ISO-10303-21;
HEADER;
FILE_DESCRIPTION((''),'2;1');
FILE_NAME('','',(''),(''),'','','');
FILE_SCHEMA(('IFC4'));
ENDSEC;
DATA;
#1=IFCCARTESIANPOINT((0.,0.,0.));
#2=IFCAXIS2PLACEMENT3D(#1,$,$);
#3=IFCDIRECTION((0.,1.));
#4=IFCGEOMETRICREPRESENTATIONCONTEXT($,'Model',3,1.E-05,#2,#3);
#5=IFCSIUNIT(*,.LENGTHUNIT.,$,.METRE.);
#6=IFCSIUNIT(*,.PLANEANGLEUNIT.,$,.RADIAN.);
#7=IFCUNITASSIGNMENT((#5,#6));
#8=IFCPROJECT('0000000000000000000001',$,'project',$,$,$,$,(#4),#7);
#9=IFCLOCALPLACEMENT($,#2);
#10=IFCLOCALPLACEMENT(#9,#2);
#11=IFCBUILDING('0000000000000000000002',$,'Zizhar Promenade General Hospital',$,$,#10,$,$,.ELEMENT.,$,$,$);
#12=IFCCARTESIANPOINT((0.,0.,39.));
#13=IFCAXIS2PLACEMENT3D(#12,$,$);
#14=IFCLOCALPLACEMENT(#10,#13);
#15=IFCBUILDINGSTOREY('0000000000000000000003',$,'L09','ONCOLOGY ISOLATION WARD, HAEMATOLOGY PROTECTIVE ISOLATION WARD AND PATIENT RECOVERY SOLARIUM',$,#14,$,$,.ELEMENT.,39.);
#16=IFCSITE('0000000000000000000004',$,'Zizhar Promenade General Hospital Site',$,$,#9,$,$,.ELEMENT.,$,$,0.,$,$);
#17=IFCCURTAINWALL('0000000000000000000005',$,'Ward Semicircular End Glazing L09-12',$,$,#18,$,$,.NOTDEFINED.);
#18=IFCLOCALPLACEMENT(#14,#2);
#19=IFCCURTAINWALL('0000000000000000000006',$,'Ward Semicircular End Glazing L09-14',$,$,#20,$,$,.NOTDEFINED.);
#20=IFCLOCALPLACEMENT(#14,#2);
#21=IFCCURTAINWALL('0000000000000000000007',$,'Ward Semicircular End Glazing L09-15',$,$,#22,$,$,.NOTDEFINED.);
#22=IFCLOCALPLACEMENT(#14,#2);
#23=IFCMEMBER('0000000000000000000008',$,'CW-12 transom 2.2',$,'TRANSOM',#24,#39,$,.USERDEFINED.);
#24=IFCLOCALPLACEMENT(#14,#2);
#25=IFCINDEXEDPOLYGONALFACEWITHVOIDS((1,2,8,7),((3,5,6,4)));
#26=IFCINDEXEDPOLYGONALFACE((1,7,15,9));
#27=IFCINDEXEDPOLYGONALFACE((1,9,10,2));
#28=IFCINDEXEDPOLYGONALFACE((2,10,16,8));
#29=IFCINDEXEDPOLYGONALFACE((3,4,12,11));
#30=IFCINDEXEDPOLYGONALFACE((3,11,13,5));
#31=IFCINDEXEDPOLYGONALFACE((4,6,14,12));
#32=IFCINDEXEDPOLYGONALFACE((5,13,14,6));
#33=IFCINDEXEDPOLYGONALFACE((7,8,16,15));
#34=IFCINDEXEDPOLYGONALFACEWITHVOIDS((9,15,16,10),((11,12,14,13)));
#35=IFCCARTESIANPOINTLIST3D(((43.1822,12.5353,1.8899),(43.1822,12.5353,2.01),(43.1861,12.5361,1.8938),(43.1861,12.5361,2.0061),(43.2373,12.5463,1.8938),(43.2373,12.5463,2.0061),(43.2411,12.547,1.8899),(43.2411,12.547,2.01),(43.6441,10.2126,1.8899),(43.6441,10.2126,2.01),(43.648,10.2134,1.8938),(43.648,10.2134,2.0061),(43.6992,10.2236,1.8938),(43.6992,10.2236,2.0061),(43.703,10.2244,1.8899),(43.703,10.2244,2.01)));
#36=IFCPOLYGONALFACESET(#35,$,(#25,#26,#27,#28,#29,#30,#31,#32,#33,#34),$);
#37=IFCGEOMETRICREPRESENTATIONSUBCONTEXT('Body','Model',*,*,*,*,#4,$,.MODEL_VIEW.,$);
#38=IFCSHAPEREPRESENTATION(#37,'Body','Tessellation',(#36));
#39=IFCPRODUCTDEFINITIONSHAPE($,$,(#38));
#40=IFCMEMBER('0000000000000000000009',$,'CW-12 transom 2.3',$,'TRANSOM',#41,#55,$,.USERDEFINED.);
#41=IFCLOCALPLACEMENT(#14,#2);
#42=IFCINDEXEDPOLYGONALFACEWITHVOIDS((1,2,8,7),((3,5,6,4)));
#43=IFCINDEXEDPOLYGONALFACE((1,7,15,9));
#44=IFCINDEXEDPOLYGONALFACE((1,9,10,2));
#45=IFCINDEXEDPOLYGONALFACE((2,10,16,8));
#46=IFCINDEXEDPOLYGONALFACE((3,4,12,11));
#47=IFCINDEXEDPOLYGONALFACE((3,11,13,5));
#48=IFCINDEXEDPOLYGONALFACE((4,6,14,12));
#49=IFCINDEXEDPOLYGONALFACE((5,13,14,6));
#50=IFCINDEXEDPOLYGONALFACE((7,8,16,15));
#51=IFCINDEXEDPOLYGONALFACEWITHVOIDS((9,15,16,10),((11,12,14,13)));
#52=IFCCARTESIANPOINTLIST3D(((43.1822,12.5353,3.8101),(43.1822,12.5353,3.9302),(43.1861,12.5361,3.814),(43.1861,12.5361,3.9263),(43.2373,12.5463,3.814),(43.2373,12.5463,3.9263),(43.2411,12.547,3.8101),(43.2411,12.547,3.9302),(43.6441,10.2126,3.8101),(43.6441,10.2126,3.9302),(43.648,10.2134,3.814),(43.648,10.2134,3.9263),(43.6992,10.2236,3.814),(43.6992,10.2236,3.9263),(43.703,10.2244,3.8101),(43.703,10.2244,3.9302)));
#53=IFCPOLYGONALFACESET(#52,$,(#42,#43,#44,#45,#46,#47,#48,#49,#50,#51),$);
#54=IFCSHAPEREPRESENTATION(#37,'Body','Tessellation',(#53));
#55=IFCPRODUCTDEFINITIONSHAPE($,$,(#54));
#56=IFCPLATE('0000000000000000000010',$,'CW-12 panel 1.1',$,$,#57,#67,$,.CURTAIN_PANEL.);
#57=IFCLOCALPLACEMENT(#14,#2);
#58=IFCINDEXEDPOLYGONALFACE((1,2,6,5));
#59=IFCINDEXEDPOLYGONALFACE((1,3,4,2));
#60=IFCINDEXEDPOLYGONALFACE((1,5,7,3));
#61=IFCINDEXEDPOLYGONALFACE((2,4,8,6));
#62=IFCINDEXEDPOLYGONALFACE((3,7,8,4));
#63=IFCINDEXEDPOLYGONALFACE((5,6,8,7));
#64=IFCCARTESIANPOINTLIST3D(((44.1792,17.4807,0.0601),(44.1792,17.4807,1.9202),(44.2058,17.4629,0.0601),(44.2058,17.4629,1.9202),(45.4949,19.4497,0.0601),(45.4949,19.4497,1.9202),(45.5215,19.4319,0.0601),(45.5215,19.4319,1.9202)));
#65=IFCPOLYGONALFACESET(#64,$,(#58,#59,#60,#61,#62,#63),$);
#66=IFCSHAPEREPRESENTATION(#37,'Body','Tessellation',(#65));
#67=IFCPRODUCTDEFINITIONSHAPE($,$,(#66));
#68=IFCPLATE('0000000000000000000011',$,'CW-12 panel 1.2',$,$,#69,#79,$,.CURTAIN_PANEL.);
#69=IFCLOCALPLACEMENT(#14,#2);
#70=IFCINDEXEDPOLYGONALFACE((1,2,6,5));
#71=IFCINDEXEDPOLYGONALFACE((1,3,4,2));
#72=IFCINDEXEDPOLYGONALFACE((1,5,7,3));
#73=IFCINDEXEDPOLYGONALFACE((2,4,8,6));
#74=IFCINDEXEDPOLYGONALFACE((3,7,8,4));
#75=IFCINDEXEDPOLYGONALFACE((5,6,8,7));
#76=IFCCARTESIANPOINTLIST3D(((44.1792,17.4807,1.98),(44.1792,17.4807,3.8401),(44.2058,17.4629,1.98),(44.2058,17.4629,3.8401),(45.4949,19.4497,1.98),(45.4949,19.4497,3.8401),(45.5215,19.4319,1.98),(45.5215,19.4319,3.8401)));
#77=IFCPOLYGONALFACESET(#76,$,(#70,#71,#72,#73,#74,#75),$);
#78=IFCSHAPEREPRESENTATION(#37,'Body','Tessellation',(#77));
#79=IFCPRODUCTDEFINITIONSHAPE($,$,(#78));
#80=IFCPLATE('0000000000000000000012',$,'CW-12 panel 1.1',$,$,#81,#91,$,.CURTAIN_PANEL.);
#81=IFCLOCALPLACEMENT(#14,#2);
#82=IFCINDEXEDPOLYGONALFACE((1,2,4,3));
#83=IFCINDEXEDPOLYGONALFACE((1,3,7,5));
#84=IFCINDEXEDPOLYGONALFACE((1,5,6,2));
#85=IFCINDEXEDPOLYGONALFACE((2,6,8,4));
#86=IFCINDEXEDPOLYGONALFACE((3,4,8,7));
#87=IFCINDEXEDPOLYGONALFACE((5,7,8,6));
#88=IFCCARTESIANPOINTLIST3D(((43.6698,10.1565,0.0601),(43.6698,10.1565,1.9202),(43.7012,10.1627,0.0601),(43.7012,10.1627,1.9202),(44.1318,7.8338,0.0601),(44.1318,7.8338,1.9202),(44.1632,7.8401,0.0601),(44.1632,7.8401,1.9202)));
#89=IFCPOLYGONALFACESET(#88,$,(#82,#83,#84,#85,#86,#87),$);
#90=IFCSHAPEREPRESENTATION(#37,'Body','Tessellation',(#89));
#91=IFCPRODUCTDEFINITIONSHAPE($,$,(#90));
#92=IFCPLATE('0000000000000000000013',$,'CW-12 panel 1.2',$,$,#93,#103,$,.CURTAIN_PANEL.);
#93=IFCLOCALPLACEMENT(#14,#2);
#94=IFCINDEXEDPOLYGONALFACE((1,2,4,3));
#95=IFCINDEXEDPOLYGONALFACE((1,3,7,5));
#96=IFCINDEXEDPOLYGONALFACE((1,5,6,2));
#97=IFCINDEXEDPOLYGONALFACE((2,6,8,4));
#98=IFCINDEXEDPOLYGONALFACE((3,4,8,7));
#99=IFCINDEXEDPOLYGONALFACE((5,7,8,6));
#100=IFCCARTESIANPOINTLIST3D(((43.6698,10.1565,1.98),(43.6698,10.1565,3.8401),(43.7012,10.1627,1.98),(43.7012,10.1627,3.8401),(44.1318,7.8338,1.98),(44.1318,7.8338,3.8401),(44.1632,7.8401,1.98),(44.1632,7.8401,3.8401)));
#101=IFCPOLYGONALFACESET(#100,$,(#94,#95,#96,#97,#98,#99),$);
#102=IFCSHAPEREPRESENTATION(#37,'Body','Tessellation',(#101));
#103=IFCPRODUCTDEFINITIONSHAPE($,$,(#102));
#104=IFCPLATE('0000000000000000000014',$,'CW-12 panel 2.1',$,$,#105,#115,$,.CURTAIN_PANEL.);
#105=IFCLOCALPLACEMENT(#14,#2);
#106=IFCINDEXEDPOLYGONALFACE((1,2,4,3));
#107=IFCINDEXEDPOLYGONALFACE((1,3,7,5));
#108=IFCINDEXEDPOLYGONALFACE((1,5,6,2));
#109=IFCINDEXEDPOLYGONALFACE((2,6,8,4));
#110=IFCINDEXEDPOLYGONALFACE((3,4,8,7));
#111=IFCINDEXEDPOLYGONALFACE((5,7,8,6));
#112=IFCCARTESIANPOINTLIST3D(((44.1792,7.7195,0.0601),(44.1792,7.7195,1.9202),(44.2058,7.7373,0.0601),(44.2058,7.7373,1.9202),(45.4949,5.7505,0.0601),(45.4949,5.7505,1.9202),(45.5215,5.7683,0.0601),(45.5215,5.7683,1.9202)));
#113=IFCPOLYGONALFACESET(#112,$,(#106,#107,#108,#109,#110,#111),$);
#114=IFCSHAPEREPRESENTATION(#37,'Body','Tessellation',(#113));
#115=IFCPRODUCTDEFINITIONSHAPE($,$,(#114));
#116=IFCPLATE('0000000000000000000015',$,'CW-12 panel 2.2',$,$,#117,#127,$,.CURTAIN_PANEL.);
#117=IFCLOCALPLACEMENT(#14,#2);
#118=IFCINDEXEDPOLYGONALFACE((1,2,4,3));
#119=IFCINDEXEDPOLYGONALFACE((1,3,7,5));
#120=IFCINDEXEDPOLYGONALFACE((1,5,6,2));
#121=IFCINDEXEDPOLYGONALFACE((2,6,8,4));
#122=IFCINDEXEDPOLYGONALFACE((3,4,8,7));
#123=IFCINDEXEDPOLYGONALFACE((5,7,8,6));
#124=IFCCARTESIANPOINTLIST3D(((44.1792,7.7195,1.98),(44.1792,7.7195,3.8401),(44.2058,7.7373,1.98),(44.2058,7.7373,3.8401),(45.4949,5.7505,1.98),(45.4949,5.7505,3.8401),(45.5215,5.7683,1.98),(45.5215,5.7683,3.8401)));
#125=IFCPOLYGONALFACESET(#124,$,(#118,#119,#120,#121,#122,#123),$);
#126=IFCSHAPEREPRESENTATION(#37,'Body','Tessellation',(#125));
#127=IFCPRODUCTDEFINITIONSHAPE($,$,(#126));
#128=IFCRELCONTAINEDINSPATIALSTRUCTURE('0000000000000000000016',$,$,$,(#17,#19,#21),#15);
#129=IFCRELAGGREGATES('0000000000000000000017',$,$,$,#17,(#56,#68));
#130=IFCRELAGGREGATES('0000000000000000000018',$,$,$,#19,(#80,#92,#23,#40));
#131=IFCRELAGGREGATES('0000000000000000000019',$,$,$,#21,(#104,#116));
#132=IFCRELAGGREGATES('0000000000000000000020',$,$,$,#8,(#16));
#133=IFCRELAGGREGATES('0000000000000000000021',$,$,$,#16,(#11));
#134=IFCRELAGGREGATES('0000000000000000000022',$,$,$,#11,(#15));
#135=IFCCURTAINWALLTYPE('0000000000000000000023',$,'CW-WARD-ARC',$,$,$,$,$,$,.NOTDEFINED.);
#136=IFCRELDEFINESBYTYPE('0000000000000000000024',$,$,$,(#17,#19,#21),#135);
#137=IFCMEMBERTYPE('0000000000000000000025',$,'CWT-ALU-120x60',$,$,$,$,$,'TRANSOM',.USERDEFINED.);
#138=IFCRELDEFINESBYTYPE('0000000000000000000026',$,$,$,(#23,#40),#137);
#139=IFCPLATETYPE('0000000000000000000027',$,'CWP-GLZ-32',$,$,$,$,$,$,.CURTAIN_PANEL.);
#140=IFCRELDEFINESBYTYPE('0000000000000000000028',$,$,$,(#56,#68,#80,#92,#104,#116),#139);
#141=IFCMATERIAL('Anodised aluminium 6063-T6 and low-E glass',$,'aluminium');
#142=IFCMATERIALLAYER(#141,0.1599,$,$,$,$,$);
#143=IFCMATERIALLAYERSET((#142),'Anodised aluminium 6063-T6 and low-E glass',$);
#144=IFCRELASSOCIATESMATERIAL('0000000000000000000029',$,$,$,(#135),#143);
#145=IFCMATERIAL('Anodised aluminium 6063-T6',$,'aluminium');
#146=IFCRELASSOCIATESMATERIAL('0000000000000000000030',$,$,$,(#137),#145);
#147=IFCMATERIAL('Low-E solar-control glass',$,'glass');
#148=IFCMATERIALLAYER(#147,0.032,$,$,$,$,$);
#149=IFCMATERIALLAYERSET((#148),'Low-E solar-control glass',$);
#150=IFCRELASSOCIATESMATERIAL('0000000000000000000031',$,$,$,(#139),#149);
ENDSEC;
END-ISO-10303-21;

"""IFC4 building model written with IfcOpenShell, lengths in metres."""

from ifc_helpers import new_model, si_unit, direction, frame, origin, origin_2d, place, context, subcontext, project, spatial, rectangle, hollow_rectangle, extrude, material, layer, layer_set, material_profile, profile_set, type_object, element, aggregate, save


model = new_model("IFC4")

# Units and contexts
model_context = context("Model", 3, precision=1e-05, world=origin(), true_north=direction((0.0, 1.0)))
body_context = subcontext(model_context, "Body", "Model", "MODEL_VIEW")
ifc_project = project(units=[si_unit("LENGTHUNIT", "METRE"), si_unit("PLANEANGLEUNIT", "RADIAN")], contexts=[model_context])

# Site, building, storey
site_placement = place(None, origin())
site = spatial("IfcSite", under=ifc_project, at=site_placement, Name="Zizhar Promenade General Hospital Site", CompositionType="ELEMENT", RefElevation=0.0)
building_placement = place(site_placement, origin())
building = spatial("IfcBuilding", under=site, at=building_placement, Name="Zizhar Promenade General Hospital", CompositionType="ELEMENT")
storey_placement = place(building_placement, frame((0.0, 0.0, 39.0)))
storey = spatial("IfcBuildingStorey", under=building, at=storey_placement, Name="L09", Description="ONCOLOGY ISOLATION WARD, HAEMATOLOGY PROTECTIVE ISOLATION WARD AND PATIENT RECOVERY SOLARIUM", CompositionType="ELEMENT", Elevation=39.0)

# Curtain wall
ifc_material_1 = material(Name="Anodised aluminium 6063-T6 and low-E glass", Category="aluminium")
ifc_layer_1 = layer(ifc_material_1, 0.1599)
ifc_layer_set_1 = layer_set([ifc_layer_1], Name="Anodised aluminium 6063-T6 and low-E glass")
curtain_wall_type = type_object("IfcCurtainWallType", Name="CW-WARD-ARC", PredefinedType="NOTDEFINED", material=ifc_layer_set_1)
curtain_wall_1_placement = place(storey_placement, origin())
curtain_wall_1 = element("IfcCurtainWall", 1, at=curtain_wall_1_placement, inside=storey, type_object=curtain_wall_type, Name="Ward Semicircular End Glazing L09-12", PredefinedType="NOTDEFINED")

# Curtain wall
curtain_wall_2_placement = place(storey_placement, origin())
curtain_wall_2 = element("IfcCurtainWall", 2, at=curtain_wall_2_placement, inside=storey, type_object=curtain_wall_type, Name="Ward Semicircular End Glazing L09-14", PredefinedType="NOTDEFINED")

# Curtain wall
curtain_wall_3_placement = place(storey_placement, origin())
curtain_wall_3 = element("IfcCurtainWall", 3, at=curtain_wall_3_placement, inside=storey, type_object=curtain_wall_type, Name="Ward Semicircular End Glazing L09-15", PredefinedType="NOTDEFINED")

# Members
ifc_material_2 = material(Name="Anodised aluminium 6063-T6", Category="aluminium")
ifc_material_profile_1 = material_profile(ifc_material_2, hollow_rectangle(XDim=0.0601, YDim=0.1201, WallThickness=0.0039, at=origin_2d()))
ifc_profile_set_1 = profile_set([ifc_material_profile_1], Name="Anodised aluminium 6063-T6")
member_type_1 = type_object("IfcMemberType", Name="CWT-ALU-120x60", ElementType="TRANSOM", PredefinedType="USERDEFINED", material=ifc_profile_set_1)
member_1_placement = place(storey_placement, frame((43.6736, 10.2185, 1.95), z_axis=(-0.195045, 0.980794, 0.0), x_axis=(-0.980794, -0.195045, 0.0)))
member_1 = element("IfcMember", 4, at=member_1_placement, type_object=member_type_1, Name="CW-12 transom 2.2", ObjectType="TRANSOM", PredefinedType="USERDEFINED", context=body_context, shape_type="SweptSolid", body=[
    extrude(hollow_rectangle(XDim=0.0601, YDim=0.1201, WallThickness=0.0039, at=origin_2d()), origin(), (0.0, 0.0, 1.0), 2.3682),
])
member_2_placement = place(storey_placement, frame((43.6736, 10.2185, 3.8701), z_axis=(-0.195045, 0.980794, 0.0), x_axis=(-0.980794, -0.195045, 0.0)))
member_2 = element("IfcMember", 5, at=member_2_placement, type_object=member_type_1, Name="CW-12 transom 2.3", ObjectType="TRANSOM", PredefinedType="USERDEFINED", context=body_context, shape_type="SweptSolid", body=[
    extrude(hollow_rectangle(XDim=0.0601, YDim=0.1201, WallThickness=0.0039, at=origin_2d()), origin(), (0.0, 0.0, 1.0), 2.3682),
])

# Plates
ifc_material_3 = material(Name="Low-E solar-control glass", Category="glass")
ifc_layer_2 = layer(ifc_material_3, 0.032)
ifc_layer_set_2 = layer_set([ifc_layer_2], Name="Low-E solar-control glass")
plate_type = type_object("IfcPlateType", Name="CWP-GLZ-32", PredefinedType="CURTAIN_PANEL", material=ifc_layer_set_2)
plate_1_placement = place(storey_placement, frame((44.8503, 18.4563, 0.0601), z_axis=(0.0, 0.0, 1.0), x_axis=(0.555582, 0.831462, 0.0)))
plate_1 = element("IfcPlate", 6, at=plate_1_placement, type_object=plate_type, Name="CW-12 panel 1.1", PredefinedType="CURTAIN_PANEL", context=body_context, shape_type="SweptSolid", body=[
    extrude(rectangle(XDim=2.3682, YDim=0.032, at=origin_2d()), origin(), (0.0, 0.0, 1.0), 1.8601),
])
plate_2_placement = place(storey_placement, frame((44.8503, 18.4563, 1.98), z_axis=(0.0, 0.0, 1.0), x_axis=(0.555582, 0.831462, 0.0)))
plate_2 = element("IfcPlate", 7, at=plate_2_placement, type_object=plate_type, Name="CW-12 panel 1.2", PredefinedType="CURTAIN_PANEL", context=body_context, shape_type="SweptSolid", body=[
    extrude(rectangle(XDim=2.3682, YDim=0.032, at=origin_2d()), origin(), (0.0, 0.0, 1.0), 1.8601),
])
aggregate(curtain_wall_1, [plate_1, plate_2])
plate_3_placement = place(storey_placement, frame((43.9165, 8.9983, 0.0601), z_axis=(0.0, 0.0, 1.0), x_axis=(-0.195087, 0.980786, 0.0)))
plate_3 = element("IfcPlate", 8, at=plate_3_placement, type_object=plate_type, Name="CW-12 panel 1.1", PredefinedType="CURTAIN_PANEL", context=body_context, shape_type="SweptSolid", body=[
    extrude(rectangle(XDim=2.3682, YDim=0.032, at=origin_2d()), origin(), (0.0, 0.0, 1.0), 1.8601),
])
plate_4_placement = place(storey_placement, frame((43.9165, 8.9983, 1.98), z_axis=(0.0, 0.0, 1.0), x_axis=(-0.195087, 0.980786, 0.0)))
plate_4 = element("IfcPlate", 9, at=plate_4_placement, type_object=plate_type, Name="CW-12 panel 1.2", PredefinedType="CURTAIN_PANEL", context=body_context, shape_type="SweptSolid", body=[
    extrude(rectangle(XDim=2.3682, YDim=0.032, at=origin_2d()), origin(), (0.0, 0.0, 1.0), 1.8601),
])
aggregate(curtain_wall_2, [plate_3, plate_4, member_1, member_2])
plate_5_placement = place(storey_placement, frame((44.8503, 6.7439, 0.0601), z_axis=(0.0, 0.0, 1.0), x_axis=(-0.555582, 0.831462, 0.0)))
plate_5 = element("IfcPlate", 10, at=plate_5_placement, type_object=plate_type, Name="CW-12 panel 2.1", PredefinedType="CURTAIN_PANEL", context=body_context, shape_type="SweptSolid", body=[
    extrude(rectangle(XDim=2.3682, YDim=0.032, at=origin_2d()), origin(), (0.0, 0.0, 1.0), 1.8601),
])
plate_6_placement = place(storey_placement, frame((44.8503, 6.7439, 1.98), z_axis=(0.0, 0.0, 1.0), x_axis=(-0.555582, 0.831462, 0.0)))
plate_6 = element("IfcPlate", 11, at=plate_6_placement, type_object=plate_type, Name="CW-12 panel 2.2", PredefinedType="CURTAIN_PANEL", context=body_context, shape_type="SweptSolid", body=[
    extrude(rectangle(XDim=2.3682, YDim=0.032, at=origin_2d()), origin(), (0.0, 0.0, 1.0), 1.8601),
])
aggregate(curtain_wall_3, [plate_5, plate_6])

save(model, "model.ifc")
